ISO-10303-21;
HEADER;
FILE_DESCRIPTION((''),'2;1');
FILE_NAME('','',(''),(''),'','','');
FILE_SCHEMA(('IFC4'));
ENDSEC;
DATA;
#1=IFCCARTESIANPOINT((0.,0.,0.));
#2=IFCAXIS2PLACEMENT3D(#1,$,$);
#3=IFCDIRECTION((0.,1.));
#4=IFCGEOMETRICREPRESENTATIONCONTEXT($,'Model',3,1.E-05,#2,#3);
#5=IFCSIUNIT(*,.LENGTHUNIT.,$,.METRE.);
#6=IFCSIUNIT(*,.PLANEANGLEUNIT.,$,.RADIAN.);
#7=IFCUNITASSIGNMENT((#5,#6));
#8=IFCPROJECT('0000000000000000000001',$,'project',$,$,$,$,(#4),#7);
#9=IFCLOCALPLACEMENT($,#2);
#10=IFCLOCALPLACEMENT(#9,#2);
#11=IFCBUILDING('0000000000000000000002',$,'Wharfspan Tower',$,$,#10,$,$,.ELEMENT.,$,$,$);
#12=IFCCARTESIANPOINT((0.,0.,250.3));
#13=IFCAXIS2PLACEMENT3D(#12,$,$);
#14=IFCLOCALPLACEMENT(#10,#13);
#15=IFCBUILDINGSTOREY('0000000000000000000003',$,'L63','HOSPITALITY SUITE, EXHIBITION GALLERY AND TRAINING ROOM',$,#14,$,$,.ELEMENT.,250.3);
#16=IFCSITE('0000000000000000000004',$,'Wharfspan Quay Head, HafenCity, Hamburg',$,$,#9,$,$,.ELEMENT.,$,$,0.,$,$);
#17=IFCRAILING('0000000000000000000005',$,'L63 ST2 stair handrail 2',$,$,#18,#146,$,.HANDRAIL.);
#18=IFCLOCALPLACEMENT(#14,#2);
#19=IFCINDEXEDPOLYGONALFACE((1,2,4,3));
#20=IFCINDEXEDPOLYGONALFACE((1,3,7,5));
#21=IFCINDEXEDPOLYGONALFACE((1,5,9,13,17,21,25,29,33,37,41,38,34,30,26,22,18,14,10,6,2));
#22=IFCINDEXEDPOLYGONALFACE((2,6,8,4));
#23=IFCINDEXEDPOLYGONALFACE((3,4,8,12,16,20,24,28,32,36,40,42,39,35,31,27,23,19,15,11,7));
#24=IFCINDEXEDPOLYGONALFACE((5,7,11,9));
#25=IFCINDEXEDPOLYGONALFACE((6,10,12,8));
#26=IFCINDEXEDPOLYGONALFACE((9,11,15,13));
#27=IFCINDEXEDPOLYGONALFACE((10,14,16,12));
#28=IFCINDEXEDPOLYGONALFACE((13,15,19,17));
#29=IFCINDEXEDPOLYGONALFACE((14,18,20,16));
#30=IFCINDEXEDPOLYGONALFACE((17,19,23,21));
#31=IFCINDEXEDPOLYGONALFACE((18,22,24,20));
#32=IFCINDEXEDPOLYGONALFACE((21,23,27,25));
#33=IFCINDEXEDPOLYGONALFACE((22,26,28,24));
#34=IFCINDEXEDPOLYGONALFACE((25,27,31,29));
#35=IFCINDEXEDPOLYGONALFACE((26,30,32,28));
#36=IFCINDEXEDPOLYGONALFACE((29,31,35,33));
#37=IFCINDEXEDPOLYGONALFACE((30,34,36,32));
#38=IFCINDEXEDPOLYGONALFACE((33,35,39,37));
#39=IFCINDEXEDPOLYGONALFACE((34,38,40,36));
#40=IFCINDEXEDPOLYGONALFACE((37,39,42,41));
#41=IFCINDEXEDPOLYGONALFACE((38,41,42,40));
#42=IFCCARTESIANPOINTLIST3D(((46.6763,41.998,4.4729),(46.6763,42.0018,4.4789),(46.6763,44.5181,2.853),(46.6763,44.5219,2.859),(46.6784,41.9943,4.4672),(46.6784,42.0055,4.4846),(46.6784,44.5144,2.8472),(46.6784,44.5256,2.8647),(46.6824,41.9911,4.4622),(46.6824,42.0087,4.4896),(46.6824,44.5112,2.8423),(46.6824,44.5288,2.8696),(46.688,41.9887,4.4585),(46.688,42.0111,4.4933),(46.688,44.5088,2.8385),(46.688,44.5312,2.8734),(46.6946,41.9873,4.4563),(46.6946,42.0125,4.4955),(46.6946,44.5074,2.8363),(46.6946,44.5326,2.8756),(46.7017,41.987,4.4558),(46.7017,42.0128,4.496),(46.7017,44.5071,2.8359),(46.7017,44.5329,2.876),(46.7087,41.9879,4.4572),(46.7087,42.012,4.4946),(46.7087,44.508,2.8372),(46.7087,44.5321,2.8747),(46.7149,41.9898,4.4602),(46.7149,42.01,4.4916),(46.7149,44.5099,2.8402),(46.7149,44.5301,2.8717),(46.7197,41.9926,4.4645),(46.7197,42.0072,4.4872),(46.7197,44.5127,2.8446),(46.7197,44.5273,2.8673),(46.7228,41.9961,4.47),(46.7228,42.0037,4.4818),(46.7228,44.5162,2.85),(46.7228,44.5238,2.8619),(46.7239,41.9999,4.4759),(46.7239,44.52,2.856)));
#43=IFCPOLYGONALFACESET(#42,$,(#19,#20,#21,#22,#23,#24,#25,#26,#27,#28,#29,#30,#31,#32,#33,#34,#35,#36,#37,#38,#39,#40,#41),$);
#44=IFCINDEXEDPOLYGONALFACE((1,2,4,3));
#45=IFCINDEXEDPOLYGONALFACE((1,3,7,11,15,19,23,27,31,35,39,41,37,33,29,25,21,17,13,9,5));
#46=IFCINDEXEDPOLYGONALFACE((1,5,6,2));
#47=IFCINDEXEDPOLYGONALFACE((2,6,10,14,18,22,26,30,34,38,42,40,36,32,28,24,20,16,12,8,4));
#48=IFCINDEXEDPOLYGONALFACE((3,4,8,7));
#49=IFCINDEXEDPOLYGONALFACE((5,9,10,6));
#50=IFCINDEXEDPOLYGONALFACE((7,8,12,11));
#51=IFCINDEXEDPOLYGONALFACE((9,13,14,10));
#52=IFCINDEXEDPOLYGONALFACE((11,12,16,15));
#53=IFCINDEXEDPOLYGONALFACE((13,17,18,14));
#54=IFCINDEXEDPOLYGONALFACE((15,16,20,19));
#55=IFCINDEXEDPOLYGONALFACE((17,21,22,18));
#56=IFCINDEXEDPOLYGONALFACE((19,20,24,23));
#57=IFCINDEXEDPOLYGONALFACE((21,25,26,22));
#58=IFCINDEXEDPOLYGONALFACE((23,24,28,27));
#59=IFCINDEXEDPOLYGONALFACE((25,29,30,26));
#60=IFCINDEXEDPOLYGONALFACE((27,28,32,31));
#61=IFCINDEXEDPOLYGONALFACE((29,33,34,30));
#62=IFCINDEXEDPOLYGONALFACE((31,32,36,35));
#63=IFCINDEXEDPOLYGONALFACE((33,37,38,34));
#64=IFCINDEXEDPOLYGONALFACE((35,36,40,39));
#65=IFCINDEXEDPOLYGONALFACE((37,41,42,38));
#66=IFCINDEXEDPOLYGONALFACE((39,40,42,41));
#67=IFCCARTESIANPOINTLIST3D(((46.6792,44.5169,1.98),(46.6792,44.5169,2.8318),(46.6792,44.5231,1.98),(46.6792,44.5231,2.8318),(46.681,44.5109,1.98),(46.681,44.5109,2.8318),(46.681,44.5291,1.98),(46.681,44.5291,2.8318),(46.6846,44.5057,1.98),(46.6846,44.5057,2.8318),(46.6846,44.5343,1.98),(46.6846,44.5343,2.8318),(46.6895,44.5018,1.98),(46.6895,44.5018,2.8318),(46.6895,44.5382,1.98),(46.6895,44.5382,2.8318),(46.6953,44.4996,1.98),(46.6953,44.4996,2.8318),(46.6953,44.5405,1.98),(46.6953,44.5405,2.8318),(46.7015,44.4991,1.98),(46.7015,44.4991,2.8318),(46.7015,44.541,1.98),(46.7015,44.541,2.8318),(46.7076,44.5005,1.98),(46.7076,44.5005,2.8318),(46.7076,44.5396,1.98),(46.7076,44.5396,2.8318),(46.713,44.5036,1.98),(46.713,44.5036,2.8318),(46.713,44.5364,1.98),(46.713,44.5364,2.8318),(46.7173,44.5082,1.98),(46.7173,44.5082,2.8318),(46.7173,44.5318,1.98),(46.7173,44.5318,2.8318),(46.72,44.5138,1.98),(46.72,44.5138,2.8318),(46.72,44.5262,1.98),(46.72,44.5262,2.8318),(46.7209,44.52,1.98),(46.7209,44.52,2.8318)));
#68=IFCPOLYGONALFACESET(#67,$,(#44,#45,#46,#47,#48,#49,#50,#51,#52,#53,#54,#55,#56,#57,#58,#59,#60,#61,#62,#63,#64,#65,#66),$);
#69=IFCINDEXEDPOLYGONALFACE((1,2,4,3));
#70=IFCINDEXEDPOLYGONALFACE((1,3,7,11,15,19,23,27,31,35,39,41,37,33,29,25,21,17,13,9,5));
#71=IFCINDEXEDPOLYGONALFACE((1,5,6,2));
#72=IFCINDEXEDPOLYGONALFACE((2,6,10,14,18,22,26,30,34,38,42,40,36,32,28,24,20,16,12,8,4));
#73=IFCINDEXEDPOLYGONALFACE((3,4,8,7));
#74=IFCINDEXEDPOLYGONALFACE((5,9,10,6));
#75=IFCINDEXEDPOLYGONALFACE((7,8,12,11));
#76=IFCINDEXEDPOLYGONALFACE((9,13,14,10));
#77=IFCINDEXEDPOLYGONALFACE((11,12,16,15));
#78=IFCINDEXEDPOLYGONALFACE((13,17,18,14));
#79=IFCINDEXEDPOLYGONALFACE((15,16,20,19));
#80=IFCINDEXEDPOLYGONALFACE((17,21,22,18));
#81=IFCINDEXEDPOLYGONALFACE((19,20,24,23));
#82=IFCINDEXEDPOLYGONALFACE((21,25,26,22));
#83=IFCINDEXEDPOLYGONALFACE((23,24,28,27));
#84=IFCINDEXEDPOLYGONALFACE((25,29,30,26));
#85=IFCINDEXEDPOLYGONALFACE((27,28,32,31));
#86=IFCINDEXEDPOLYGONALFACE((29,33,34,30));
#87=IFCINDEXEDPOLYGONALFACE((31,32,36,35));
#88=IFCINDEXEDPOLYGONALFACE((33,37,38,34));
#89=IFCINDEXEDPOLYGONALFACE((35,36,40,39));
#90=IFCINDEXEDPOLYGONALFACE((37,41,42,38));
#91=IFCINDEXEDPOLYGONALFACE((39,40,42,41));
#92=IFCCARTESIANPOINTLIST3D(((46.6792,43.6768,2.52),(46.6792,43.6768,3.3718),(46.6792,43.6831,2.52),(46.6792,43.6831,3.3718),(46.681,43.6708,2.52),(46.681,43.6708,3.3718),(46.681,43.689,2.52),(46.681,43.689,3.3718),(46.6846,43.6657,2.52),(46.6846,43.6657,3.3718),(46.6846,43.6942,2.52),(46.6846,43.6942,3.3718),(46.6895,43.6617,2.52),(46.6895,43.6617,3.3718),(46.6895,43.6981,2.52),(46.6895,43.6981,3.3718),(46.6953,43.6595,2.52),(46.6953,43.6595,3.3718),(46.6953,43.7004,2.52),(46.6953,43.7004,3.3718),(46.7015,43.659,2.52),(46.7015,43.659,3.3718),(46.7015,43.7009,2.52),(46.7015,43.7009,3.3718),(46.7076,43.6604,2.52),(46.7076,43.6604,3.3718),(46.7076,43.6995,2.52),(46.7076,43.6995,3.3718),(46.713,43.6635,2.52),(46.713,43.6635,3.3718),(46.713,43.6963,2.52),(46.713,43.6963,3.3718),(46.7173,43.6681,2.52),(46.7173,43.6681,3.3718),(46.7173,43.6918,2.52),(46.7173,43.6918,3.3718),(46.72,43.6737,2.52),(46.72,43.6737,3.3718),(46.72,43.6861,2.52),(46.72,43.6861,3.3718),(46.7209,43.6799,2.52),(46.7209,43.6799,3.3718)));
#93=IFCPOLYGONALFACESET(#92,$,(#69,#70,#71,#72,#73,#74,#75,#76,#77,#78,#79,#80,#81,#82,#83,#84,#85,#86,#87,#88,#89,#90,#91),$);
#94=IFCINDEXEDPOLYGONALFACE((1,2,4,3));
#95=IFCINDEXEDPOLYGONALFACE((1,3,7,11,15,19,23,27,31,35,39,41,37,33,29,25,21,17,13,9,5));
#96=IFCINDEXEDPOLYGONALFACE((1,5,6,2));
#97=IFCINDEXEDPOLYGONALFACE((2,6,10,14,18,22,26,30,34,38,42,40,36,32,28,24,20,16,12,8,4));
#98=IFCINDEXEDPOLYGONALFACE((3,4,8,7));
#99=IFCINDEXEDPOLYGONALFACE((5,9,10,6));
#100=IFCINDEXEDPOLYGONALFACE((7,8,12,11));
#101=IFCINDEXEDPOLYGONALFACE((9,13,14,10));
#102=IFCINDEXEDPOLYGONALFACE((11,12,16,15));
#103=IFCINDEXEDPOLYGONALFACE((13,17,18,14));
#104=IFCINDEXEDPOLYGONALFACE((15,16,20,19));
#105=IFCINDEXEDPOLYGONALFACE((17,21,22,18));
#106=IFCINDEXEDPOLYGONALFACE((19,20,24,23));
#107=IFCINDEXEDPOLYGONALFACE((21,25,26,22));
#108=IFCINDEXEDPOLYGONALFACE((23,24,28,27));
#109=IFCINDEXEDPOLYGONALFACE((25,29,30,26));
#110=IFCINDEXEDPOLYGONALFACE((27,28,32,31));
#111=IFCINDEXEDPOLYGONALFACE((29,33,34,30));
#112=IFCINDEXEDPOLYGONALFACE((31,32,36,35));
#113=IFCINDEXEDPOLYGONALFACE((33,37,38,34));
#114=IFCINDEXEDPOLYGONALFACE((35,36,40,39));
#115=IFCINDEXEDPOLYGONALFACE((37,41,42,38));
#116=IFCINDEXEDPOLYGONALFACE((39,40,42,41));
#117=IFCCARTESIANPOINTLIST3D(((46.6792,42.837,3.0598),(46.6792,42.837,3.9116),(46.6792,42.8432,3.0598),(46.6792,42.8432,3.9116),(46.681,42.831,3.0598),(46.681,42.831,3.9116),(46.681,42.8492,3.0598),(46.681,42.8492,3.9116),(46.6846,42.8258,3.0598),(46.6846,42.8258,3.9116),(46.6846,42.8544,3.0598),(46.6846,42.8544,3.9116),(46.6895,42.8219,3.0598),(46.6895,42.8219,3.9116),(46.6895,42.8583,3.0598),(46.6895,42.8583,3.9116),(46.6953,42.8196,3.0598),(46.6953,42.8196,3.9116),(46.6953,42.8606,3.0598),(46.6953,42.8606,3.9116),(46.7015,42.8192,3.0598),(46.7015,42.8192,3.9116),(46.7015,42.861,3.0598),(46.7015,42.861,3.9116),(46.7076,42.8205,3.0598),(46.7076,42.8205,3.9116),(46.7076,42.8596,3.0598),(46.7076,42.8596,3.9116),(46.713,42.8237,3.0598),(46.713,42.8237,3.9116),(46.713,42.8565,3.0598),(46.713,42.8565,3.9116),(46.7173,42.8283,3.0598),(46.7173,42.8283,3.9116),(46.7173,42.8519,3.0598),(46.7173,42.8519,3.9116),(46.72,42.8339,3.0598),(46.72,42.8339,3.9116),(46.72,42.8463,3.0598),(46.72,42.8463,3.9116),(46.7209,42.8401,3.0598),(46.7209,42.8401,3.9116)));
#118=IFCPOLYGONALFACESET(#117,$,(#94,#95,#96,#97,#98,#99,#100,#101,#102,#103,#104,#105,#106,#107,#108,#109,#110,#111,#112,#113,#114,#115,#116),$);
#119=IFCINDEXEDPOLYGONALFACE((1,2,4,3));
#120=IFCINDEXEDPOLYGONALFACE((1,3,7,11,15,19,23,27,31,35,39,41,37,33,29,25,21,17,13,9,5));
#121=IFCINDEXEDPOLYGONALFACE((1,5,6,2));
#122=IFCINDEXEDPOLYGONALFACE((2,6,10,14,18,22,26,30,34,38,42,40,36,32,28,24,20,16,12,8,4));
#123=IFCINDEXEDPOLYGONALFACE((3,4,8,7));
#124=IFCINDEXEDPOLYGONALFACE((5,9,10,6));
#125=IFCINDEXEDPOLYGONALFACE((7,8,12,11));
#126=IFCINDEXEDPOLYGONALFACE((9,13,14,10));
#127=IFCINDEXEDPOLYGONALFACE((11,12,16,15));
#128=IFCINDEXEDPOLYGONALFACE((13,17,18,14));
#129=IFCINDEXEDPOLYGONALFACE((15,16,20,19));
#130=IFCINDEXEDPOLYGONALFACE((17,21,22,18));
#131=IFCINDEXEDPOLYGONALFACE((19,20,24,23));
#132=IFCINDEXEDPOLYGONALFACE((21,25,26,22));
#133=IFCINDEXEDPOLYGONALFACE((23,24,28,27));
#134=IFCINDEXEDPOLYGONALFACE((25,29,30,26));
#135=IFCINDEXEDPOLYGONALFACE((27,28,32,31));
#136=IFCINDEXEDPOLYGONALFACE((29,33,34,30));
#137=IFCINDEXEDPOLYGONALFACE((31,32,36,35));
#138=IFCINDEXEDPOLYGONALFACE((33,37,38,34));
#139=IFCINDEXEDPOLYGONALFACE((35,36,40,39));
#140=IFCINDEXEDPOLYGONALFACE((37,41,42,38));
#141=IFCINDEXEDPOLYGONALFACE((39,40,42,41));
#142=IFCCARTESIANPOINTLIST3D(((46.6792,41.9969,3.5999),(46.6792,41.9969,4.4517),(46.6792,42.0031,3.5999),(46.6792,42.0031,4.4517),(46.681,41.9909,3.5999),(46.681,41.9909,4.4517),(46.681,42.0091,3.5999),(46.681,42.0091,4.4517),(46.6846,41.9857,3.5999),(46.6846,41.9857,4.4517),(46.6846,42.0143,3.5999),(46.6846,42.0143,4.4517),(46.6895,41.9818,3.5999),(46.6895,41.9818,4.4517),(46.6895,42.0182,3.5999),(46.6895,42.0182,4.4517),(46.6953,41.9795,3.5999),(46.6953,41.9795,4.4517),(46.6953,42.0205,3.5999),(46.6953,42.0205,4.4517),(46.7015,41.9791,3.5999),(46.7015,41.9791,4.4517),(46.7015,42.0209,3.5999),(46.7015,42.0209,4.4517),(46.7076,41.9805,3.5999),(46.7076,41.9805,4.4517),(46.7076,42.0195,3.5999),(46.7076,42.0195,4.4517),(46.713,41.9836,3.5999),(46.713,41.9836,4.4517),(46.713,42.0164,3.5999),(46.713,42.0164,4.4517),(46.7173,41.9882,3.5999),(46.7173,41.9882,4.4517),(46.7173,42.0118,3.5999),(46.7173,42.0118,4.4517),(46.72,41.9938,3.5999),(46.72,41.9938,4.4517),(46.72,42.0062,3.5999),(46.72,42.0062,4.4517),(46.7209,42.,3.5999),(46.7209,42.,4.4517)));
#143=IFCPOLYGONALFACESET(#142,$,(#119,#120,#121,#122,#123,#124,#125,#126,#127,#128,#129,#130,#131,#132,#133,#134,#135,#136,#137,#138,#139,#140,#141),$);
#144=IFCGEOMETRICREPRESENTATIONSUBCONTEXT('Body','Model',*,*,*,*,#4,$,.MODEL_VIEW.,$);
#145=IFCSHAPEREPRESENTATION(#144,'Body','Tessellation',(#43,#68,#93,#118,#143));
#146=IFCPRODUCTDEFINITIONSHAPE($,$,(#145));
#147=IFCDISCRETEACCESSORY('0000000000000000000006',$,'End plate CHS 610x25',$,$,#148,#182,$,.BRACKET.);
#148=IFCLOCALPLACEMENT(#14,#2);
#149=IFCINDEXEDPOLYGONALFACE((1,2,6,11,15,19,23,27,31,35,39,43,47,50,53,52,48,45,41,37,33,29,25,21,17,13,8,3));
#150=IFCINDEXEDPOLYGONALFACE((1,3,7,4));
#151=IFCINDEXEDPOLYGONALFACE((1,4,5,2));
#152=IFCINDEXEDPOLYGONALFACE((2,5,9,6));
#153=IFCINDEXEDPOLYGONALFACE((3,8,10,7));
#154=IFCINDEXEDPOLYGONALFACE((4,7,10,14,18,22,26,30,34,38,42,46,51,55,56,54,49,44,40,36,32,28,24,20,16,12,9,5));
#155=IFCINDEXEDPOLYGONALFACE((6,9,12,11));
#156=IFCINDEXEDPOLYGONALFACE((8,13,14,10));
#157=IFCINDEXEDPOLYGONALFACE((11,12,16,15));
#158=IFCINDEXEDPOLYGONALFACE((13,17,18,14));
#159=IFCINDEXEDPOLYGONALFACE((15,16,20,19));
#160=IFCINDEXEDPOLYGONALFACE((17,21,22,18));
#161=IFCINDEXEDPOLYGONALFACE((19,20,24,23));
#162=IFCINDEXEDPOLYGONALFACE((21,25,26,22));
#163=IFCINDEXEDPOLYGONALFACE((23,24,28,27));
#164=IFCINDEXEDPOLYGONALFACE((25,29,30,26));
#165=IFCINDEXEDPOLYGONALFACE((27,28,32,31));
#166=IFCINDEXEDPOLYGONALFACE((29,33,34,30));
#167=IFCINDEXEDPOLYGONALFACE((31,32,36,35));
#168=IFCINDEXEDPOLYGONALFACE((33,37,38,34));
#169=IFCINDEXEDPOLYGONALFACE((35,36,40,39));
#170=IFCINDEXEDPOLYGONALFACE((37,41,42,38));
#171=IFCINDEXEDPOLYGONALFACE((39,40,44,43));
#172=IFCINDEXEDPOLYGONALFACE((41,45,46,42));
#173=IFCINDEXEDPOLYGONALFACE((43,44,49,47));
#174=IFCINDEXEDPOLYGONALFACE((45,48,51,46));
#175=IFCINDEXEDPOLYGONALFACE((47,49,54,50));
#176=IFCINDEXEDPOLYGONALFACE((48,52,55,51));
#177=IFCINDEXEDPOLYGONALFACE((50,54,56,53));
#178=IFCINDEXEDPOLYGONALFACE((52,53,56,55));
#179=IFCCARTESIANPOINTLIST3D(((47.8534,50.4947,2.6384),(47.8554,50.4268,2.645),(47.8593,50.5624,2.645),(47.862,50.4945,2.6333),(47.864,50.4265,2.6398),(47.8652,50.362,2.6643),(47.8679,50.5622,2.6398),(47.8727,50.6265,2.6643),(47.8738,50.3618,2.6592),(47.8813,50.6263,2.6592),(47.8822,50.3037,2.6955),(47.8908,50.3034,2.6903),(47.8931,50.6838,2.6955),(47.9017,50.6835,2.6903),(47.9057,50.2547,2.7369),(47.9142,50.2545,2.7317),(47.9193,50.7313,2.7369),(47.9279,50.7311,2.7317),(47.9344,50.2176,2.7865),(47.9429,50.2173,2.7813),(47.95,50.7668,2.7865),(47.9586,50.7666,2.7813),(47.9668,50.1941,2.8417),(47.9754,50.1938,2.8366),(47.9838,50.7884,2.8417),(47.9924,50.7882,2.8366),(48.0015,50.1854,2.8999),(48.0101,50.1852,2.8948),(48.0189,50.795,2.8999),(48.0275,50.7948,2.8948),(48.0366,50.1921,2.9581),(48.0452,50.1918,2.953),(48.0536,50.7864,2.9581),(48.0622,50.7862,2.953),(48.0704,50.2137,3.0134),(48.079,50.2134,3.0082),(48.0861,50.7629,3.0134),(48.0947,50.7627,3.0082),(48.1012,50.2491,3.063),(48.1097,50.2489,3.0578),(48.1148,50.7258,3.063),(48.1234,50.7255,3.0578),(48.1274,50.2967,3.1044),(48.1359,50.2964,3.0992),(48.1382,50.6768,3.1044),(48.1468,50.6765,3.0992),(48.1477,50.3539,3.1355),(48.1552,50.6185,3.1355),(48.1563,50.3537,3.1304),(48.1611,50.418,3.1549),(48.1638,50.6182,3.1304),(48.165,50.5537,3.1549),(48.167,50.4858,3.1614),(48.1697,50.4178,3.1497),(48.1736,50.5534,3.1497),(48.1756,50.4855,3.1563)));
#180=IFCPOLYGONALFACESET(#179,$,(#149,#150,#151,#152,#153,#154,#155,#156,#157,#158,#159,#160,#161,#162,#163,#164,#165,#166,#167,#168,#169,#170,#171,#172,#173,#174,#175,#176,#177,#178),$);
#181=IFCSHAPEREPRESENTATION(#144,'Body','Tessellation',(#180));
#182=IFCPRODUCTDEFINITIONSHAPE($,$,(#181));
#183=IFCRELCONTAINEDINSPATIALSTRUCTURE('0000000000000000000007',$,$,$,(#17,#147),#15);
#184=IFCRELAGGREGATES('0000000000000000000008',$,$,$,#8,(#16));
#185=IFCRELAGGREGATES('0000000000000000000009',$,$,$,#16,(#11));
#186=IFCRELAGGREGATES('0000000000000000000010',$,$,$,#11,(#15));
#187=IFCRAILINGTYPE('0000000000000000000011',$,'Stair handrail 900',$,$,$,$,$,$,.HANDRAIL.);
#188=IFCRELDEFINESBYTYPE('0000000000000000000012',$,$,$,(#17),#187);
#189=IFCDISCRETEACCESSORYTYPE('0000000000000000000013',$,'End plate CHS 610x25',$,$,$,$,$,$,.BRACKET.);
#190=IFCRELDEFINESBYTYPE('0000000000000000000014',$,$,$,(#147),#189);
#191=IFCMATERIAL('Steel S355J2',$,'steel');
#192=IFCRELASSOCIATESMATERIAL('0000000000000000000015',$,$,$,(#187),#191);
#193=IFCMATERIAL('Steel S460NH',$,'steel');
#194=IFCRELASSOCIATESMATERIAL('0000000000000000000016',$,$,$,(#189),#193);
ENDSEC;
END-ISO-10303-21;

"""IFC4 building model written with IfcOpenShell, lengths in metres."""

from ifc_helpers import new_model, si_unit, direction, frame, origin, origin_2d, place, context, subcontext, project, spatial, circle, extrude, material, material_profile, profile_set, type_object, element, save


model = new_model("IFC4")

# Units and contexts
model_context = context("Model", 3, precision=1e-05, world=origin(), true_north=direction((0.0, 1.0)))
body_context = subcontext(model_context, "Body", "Model", "MODEL_VIEW")
ifc_project = project(units=[si_unit("LENGTHUNIT", "METRE"), si_unit("PLANEANGLEUNIT", "RADIAN")], contexts=[model_context])

# Site, building, storey
site_placement = place(None, origin())
site = spatial("IfcSite", under=ifc_project, at=site_placement, Name="Wharfspan Quay Head, HafenCity, Hamburg", CompositionType="ELEMENT", RefElevation=0.0)
building_placement = place(site_placement, origin())
building = spatial("IfcBuilding", under=site, at=building_placement, Name="Wharfspan Tower", CompositionType="ELEMENT")
storey_placement = place(building_placement, frame((0.0, 0.0, 250.3)))
storey = spatial("IfcBuildingStorey", under=building, at=storey_placement, Name="L63", Description="HOSPITALITY SUITE, EXHIBITION GALLERY AND TRAINING ROOM", CompositionType="ELEMENT", Elevation=250.3)

# Shared definitions
ifc_material_1 = material(Name="Steel S355J2", Category="steel")

# Shared definitions
ifc_material_2 = material(Name="Steel S460NH", Category="steel")

# Railing
railing_type_1 = type_object("IfcRailingType", Name="Stair handrail 900", PredefinedType="HANDRAIL", material=ifc_material_1)
railing_1_placement = place(storey_placement, frame((46.7, 44.52, 1.98)))
element("IfcRailing", 1, at=railing_1_placement, inside=storey, type_object=railing_type_1, Name="L63 ST2 stair handrail 2", PredefinedType="HANDRAIL", context=body_context, shape_type="SweptSolid", body=[
    extrude(circle(Radius=0.0239, at=origin_2d()), frame((0.0, 0.0, 0.876), z_axis=(0.0, -0.8412, 0.540725), x_axis=(1.0, 0.0, 0.0)), (0.0, 0.0, 1.0), 2.9958),
    extrude(circle(Radius=0.021, at=origin_2d()), origin(), (0.0, 0.0, 1.0), 0.8518),
    extrude(circle(Radius=0.021, at=origin_2d()), frame((0.0, -0.8401, 0.54)), (0.0, 0.0, 1.0), 0.8518),
    extrude(circle(Radius=0.021, at=origin_2d()), frame((0.0, -1.6799, 1.0798)), (0.0, 0.0, 1.0), 0.8518),
    extrude(circle(Radius=0.021, at=origin_2d()), frame((0.0, -2.52, 1.6199)), (0.0, 0.0, 1.0), 0.8518),
])

# Discrete accessory
ifc_material_profile_1 = material_profile(ifc_material_2, circle(Radius=0.3049, at=origin_2d()))
ifc_profile_set_1 = profile_set([ifc_material_profile_1], Name="Steel S460NH")
discrete_accessory_type = type_object("IfcDiscreteAccessoryType", Name="End plate CHS 610x25", PredefinedType="BRACKET", material=ifc_profile_set_1)
discrete_accessory_placement = place(storey_placement, frame((48.0188, 50.49, 2.8948), z_axis=(-0.857236, 0.024492, 0.514341), x_axis=(-0.028558, -0.999591, 0.000002)))
element("IfcDiscreteAccessory", 2, at=discrete_accessory_placement, inside=storey, type_object=discrete_accessory_type, Name="End plate CHS 610x25", PredefinedType="BRACKET", context=body_context, shape_type="SweptSolid", body=[
    extrude(circle(Radius=0.3049, at=origin_2d()), origin(), (0.0, 0.0, 1.0), 0.01),
])

save(model, "model.ifc")
